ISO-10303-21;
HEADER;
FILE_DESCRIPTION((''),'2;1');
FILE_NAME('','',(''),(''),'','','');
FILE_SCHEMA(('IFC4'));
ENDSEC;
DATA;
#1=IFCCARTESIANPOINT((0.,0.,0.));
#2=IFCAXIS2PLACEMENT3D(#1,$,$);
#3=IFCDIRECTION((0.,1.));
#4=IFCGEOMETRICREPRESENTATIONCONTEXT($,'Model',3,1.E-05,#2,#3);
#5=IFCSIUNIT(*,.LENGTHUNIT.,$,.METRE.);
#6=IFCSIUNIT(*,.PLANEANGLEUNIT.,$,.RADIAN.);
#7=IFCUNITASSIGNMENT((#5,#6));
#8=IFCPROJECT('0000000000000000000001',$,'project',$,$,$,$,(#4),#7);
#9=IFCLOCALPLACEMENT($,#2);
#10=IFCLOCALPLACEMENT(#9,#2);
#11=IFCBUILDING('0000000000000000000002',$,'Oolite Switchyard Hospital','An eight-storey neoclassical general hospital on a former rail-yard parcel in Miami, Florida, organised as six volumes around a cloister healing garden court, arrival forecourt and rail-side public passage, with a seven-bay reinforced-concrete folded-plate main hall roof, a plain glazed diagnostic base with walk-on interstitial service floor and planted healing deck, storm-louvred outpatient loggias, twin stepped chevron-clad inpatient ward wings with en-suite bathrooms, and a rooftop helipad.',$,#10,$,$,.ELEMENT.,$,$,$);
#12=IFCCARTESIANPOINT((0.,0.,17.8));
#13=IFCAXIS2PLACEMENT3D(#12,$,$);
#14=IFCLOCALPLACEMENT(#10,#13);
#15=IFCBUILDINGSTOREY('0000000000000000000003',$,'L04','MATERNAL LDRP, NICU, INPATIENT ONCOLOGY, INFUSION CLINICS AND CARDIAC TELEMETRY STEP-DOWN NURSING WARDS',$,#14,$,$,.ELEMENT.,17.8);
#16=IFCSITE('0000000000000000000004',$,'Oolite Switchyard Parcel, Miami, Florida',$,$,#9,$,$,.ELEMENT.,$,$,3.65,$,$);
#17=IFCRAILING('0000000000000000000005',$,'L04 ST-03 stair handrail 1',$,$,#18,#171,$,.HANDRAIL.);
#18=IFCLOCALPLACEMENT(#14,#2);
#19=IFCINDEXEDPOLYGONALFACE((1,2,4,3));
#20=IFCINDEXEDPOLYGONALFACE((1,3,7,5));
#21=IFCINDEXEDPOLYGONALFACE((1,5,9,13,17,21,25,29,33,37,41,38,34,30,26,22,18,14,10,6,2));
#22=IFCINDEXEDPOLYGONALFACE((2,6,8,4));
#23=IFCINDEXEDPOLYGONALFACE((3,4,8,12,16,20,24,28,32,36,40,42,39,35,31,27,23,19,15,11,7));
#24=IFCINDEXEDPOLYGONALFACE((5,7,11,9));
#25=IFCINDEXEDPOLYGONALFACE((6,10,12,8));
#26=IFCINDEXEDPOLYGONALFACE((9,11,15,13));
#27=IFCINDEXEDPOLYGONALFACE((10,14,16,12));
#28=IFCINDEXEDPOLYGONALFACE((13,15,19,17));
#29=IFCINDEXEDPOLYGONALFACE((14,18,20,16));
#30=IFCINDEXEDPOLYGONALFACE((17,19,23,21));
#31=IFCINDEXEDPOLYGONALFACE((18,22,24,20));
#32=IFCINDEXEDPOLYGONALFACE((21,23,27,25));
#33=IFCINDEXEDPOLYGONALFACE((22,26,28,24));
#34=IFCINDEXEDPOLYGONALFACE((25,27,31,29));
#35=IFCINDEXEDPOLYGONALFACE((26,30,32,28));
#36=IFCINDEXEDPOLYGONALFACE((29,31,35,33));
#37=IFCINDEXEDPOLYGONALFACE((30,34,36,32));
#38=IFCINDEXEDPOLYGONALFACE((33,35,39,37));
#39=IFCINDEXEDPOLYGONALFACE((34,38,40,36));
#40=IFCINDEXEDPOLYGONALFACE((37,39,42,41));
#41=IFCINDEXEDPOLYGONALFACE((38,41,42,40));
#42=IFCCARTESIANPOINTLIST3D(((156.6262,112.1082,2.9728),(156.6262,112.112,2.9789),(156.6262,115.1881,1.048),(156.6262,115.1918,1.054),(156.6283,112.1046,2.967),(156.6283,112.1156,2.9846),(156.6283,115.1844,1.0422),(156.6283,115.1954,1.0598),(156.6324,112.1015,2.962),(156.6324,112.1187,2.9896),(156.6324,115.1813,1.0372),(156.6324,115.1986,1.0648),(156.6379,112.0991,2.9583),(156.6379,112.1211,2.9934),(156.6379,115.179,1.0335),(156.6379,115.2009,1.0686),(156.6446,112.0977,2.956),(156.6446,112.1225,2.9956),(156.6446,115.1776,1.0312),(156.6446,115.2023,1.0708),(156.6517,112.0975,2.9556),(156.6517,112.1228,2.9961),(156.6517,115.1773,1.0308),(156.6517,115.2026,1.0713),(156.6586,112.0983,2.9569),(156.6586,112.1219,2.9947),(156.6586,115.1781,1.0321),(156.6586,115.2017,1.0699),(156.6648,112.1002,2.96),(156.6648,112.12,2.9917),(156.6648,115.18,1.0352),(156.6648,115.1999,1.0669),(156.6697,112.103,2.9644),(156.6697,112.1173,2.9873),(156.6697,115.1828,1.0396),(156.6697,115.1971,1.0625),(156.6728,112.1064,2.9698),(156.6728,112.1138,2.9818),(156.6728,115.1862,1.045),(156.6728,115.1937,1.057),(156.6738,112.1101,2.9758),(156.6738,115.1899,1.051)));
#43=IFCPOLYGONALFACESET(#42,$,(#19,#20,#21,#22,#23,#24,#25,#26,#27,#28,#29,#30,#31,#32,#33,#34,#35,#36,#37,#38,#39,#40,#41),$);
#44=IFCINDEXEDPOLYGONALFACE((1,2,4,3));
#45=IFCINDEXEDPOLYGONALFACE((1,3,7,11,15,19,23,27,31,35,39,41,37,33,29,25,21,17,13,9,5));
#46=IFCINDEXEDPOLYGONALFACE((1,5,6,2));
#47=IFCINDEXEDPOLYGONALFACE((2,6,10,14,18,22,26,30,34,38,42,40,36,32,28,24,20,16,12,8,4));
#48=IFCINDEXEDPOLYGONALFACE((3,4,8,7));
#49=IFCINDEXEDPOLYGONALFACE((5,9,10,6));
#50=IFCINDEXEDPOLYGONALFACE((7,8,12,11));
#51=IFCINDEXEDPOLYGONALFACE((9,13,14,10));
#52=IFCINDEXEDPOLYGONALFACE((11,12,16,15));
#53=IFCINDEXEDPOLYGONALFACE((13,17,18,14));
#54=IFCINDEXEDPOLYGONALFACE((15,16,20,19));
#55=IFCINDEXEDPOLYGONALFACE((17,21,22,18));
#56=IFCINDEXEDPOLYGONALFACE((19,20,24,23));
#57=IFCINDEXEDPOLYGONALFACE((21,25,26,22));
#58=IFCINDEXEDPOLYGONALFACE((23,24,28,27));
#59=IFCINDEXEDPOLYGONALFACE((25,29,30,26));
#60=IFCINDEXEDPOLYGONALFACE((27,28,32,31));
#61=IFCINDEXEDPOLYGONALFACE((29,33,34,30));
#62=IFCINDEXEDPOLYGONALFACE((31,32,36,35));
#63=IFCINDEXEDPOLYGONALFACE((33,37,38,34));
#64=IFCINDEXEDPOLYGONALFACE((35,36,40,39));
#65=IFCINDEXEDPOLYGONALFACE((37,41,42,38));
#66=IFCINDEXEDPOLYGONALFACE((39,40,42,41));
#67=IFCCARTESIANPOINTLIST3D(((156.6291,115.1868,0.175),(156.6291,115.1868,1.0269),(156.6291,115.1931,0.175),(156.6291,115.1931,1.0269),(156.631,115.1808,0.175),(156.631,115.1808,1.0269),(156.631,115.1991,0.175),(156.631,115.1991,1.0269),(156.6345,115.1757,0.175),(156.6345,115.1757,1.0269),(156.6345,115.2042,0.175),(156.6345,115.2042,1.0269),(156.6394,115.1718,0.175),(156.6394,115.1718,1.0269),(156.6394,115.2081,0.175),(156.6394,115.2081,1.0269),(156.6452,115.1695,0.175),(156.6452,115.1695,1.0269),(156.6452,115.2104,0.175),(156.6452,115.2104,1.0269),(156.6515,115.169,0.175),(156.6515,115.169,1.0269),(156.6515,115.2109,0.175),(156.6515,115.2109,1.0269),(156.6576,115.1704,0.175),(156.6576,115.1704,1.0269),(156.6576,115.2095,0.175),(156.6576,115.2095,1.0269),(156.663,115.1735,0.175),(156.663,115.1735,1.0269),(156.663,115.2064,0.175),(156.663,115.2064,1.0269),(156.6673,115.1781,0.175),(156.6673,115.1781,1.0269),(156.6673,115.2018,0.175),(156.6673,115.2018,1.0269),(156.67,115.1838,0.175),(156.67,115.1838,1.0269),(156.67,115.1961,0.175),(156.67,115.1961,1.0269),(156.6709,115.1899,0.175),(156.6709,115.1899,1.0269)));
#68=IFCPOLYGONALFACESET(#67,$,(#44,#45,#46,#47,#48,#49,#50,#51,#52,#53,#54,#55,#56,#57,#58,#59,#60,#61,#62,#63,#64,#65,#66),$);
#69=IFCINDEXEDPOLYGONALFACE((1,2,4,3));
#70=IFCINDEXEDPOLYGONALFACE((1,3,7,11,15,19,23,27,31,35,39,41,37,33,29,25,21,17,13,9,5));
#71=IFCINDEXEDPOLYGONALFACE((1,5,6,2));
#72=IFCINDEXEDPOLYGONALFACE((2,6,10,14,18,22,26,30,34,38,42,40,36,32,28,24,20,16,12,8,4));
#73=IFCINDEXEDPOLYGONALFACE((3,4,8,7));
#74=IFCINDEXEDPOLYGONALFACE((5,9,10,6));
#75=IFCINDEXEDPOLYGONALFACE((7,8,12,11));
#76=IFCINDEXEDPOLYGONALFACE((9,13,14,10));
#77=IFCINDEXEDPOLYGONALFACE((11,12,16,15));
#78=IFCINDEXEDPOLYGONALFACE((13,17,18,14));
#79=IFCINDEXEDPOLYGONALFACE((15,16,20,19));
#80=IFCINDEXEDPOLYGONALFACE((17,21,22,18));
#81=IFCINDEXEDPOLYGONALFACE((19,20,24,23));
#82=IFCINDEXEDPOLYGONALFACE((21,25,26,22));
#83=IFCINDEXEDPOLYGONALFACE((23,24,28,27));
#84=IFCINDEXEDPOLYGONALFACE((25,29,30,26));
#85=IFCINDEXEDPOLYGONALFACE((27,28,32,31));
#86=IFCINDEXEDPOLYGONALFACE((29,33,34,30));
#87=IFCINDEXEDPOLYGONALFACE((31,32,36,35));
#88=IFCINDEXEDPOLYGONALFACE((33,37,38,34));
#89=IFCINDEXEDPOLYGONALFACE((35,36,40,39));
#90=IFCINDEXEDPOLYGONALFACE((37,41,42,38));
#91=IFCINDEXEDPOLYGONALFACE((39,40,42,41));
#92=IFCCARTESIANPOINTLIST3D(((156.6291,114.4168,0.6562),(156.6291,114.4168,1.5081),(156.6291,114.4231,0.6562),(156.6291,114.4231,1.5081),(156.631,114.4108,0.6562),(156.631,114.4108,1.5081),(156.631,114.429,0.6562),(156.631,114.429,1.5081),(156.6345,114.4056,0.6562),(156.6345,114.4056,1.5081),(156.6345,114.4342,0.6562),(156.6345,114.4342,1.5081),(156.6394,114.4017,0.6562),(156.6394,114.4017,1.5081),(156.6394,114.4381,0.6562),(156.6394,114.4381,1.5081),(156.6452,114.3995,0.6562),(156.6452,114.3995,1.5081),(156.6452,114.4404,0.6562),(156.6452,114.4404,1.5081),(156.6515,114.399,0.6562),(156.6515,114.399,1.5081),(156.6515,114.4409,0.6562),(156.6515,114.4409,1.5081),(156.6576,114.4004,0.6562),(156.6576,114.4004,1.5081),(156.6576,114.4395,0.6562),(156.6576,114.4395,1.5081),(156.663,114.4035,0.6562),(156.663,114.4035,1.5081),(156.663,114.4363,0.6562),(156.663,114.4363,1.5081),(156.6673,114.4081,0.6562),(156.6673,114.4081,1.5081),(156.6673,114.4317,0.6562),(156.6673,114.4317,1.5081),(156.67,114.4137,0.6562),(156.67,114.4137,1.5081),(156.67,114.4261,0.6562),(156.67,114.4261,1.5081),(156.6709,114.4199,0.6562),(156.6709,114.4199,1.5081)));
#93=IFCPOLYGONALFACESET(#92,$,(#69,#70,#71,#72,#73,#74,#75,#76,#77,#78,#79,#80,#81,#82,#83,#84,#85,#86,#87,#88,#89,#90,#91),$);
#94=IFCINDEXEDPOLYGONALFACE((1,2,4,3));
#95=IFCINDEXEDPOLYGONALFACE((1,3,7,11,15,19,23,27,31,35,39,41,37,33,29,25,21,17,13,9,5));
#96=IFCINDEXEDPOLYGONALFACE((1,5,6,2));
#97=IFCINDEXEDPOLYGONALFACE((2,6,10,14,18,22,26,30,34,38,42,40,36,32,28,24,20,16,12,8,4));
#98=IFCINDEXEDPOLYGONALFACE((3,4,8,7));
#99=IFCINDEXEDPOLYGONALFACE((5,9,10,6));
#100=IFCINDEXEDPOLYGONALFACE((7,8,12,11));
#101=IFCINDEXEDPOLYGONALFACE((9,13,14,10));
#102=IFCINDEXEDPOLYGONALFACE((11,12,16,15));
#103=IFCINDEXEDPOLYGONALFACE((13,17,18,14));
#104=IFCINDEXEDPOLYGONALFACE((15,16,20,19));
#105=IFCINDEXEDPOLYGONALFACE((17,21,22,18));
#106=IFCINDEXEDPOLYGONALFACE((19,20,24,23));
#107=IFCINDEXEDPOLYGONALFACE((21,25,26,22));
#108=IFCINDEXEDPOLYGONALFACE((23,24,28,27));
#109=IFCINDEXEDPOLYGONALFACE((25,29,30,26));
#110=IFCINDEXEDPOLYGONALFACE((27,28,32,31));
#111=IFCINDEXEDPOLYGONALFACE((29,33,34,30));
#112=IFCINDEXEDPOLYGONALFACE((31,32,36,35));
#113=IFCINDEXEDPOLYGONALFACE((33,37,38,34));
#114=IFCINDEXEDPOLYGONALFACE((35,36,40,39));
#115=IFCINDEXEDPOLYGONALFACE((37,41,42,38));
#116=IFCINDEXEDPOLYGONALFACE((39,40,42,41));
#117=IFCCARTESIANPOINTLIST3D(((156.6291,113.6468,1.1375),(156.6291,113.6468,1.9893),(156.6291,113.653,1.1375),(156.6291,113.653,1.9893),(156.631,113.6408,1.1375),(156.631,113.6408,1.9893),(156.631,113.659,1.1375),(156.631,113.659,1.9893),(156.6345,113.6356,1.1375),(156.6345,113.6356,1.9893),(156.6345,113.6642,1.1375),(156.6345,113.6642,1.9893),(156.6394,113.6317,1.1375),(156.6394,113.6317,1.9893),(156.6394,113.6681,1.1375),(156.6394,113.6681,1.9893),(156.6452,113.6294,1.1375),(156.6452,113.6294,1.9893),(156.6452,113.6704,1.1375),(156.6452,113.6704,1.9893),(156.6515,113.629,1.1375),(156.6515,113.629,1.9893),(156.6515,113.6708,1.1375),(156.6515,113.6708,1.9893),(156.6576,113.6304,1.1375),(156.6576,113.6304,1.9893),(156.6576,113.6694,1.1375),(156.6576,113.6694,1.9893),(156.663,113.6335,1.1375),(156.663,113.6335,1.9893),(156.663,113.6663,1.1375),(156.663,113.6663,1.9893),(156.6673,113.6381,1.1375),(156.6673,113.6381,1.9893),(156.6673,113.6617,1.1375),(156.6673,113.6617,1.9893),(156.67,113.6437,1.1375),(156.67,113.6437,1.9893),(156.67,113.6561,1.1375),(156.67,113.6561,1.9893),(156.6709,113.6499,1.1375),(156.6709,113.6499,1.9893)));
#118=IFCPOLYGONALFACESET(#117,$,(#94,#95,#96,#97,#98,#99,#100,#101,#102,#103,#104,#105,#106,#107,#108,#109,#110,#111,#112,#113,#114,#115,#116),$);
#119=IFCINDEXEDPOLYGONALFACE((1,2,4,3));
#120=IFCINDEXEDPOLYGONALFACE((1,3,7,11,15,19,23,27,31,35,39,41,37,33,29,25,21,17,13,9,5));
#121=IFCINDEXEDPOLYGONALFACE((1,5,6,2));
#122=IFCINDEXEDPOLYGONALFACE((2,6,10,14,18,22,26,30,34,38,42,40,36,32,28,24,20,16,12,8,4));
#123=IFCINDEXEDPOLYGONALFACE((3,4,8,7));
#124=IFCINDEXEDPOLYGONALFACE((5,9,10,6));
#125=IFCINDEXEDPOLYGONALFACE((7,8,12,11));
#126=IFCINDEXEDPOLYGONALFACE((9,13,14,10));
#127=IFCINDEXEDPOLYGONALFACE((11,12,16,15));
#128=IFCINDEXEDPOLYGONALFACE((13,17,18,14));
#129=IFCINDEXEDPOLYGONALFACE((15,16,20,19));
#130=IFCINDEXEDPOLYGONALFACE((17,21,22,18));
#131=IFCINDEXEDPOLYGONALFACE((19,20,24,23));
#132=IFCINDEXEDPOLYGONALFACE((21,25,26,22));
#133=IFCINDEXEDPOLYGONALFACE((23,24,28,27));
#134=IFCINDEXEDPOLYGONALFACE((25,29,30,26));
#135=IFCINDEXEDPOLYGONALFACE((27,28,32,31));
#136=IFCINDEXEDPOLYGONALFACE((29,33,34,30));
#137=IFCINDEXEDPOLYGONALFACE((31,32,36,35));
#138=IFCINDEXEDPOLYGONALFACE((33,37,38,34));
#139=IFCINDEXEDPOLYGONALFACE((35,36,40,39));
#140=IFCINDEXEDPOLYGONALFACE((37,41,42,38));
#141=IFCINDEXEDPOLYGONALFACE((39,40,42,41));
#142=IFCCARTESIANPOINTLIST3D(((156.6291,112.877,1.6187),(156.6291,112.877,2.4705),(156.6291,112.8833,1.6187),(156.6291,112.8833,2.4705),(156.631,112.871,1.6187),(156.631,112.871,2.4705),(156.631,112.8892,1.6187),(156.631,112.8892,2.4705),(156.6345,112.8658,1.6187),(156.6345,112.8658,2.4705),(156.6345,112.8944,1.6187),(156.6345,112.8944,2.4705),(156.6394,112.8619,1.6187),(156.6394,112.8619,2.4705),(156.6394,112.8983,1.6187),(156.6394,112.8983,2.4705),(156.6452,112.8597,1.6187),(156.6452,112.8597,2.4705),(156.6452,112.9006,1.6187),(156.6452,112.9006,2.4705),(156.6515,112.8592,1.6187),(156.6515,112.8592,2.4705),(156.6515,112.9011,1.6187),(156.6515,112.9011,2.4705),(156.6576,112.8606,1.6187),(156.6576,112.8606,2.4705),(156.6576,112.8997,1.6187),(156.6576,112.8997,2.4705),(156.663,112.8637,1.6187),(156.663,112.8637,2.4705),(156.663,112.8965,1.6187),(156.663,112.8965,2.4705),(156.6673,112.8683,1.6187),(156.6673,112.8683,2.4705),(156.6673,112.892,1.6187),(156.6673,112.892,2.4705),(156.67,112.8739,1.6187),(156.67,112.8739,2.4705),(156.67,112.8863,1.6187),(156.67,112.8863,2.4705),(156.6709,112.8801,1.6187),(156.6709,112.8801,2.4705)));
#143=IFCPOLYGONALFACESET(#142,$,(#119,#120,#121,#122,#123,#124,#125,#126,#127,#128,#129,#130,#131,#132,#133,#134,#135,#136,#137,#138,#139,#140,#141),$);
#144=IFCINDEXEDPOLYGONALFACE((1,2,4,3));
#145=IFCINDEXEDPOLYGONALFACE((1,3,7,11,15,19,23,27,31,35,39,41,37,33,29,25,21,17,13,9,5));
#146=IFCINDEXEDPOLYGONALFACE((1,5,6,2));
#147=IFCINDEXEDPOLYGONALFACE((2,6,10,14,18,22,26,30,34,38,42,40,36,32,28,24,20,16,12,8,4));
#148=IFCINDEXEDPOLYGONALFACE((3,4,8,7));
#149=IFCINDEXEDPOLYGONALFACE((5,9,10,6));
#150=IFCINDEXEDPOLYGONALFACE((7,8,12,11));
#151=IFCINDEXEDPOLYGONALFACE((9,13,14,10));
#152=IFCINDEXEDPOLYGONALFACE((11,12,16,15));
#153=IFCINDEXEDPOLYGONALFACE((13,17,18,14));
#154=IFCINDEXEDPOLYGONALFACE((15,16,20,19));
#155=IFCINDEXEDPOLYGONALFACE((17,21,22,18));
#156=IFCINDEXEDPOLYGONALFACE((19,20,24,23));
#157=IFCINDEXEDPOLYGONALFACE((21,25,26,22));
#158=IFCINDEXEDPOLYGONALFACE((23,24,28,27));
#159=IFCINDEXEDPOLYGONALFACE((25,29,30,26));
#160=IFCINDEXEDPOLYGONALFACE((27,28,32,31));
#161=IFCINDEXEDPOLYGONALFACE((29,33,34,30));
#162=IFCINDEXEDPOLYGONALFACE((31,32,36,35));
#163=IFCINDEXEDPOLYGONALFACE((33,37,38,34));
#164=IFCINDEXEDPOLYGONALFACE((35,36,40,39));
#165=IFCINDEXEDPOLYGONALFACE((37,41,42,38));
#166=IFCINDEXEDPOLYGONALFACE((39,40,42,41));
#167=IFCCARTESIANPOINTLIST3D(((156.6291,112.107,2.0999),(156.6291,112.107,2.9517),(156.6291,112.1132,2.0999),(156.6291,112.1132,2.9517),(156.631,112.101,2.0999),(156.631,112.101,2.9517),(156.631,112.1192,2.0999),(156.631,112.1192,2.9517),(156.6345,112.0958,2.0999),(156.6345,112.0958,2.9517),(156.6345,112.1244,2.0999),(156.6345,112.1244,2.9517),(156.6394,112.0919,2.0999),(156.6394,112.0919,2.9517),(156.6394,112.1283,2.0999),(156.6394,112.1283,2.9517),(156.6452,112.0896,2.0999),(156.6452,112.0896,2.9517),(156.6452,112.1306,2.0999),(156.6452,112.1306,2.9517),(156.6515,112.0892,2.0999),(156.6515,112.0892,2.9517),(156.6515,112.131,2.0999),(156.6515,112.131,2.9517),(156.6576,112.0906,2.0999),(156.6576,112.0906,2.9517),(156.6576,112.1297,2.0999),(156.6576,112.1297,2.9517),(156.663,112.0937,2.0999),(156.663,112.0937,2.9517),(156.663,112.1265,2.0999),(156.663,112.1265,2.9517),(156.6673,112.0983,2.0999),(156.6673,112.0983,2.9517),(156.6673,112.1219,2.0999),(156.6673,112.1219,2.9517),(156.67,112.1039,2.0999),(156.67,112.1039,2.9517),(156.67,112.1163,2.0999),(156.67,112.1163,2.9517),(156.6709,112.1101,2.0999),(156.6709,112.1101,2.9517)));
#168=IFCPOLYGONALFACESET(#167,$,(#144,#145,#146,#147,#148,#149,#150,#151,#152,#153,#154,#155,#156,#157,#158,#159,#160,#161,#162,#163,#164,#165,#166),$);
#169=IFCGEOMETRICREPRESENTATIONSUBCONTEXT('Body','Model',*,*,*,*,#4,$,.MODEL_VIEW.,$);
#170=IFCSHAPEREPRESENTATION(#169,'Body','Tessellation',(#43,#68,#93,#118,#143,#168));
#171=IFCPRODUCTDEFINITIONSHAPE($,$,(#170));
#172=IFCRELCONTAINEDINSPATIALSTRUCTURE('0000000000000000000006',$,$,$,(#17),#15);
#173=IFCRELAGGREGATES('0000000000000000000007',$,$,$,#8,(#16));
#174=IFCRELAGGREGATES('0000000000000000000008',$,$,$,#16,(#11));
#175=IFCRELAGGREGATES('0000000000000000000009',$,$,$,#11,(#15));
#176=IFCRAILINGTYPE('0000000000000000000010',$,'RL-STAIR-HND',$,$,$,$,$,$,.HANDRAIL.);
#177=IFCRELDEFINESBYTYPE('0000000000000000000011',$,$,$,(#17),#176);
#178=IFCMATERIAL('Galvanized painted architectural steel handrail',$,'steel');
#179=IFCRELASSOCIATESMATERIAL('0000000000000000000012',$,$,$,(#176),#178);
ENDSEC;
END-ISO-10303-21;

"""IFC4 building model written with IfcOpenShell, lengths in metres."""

from ifc_helpers import new_model, si_unit, direction, frame, origin, origin_2d, place, context, subcontext, project, spatial, circle, extrude, material, type_object, element, save


model = new_model("IFC4")

# Units and contexts
model_context = context("Model", 3, precision=1e-05, world=origin(), true_north=direction((0.0, 1.0)))
body_context = subcontext(model_context, "Body", "Model", "MODEL_VIEW")
ifc_project = project(units=[si_unit("LENGTHUNIT", "METRE"), si_unit("PLANEANGLEUNIT", "RADIAN")], contexts=[model_context])

# Site, building, storey
site_placement = place(None, origin())
site = spatial("IfcSite", under=ifc_project, at=site_placement, Name="Oolite Switchyard Parcel, Miami, Florida", CompositionType="ELEMENT", RefElevation=3.65)
building_placement = place(site_placement, origin())
building = spatial("IfcBuilding", under=site, at=building_placement, Name="Oolite Switchyard Hospital", Description="An eight-storey neoclassical general hospital on a former rail-yard parcel in Miami, Florida, organised as six volumes around a cloister healing garden court, arrival forecourt and rail-side public passage, with a seven-bay reinforced-concrete folded-plate main hall roof, a plain glazed diagnostic base with walk-on interstitial service floor and planted healing deck, storm-louvred outpatient loggias, twin stepped chevron-clad inpatient ward wings with en-suite bathrooms, and a rooftop helipad.", CompositionType="ELEMENT")
storey_placement = place(building_placement, frame((0.0, 0.0, 17.8)))
storey = spatial("IfcBuildingStorey", under=building, at=storey_placement, Name="L04", Description="MATERNAL LDRP, NICU, INPATIENT ONCOLOGY, INFUSION CLINICS AND CARDIAC TELEMETRY STEP-DOWN NURSING WARDS", CompositionType="ELEMENT", Elevation=17.8)

# Railing
ifc_material_1 = material(Name="Galvanized painted architectural steel handrail", Category="steel")
railing_type_1 = type_object("IfcRailingType", Name="RL-STAIR-HND", PredefinedType="HANDRAIL", material=ifc_material_1)
railing_1_placement = place(storey_placement, frame((156.6499, 115.1899, 0.175)))
element("IfcRailing", 1, at=railing_1_placement, inside=storey, type_object=railing_type_1, Name="L04 ST-03 stair handrail 1", PredefinedType="HANDRAIL", context=body_context, shape_type="SweptSolid", body=[
    extrude(circle(Radius=0.0239, at=origin_2d()), frame((0.0, 0.0, 0.876), z_axis=(0.0, -0.84801, 0.529981), x_axis=(1.0, 0.0, 0.0)), (0.0, 0.0, 1.0), 3.6318),
    extrude(circle(Radius=0.021, at=origin_2d()), origin(), (0.0, 0.0, 1.0), 0.8518),
    extrude(circle(Radius=0.021, at=origin_2d()), frame((0.0, -0.77, 0.4812)), (0.0, 0.0, 1.0), 0.8518),
    extrude(circle(Radius=0.021, at=origin_2d()), frame((0.0, -1.54, 0.9624)), (0.0, 0.0, 1.0), 0.8518),
    extrude(circle(Radius=0.021, at=origin_2d()), frame((0.0, -2.3098, 1.4436)), (0.0, 0.0, 1.0), 0.8518),
    extrude(circle(Radius=0.021, at=origin_2d()), frame((0.0, -3.0798, 1.9248)), (0.0, 0.0, 1.0), 0.8518),
])

save(model, "model.ifc")
